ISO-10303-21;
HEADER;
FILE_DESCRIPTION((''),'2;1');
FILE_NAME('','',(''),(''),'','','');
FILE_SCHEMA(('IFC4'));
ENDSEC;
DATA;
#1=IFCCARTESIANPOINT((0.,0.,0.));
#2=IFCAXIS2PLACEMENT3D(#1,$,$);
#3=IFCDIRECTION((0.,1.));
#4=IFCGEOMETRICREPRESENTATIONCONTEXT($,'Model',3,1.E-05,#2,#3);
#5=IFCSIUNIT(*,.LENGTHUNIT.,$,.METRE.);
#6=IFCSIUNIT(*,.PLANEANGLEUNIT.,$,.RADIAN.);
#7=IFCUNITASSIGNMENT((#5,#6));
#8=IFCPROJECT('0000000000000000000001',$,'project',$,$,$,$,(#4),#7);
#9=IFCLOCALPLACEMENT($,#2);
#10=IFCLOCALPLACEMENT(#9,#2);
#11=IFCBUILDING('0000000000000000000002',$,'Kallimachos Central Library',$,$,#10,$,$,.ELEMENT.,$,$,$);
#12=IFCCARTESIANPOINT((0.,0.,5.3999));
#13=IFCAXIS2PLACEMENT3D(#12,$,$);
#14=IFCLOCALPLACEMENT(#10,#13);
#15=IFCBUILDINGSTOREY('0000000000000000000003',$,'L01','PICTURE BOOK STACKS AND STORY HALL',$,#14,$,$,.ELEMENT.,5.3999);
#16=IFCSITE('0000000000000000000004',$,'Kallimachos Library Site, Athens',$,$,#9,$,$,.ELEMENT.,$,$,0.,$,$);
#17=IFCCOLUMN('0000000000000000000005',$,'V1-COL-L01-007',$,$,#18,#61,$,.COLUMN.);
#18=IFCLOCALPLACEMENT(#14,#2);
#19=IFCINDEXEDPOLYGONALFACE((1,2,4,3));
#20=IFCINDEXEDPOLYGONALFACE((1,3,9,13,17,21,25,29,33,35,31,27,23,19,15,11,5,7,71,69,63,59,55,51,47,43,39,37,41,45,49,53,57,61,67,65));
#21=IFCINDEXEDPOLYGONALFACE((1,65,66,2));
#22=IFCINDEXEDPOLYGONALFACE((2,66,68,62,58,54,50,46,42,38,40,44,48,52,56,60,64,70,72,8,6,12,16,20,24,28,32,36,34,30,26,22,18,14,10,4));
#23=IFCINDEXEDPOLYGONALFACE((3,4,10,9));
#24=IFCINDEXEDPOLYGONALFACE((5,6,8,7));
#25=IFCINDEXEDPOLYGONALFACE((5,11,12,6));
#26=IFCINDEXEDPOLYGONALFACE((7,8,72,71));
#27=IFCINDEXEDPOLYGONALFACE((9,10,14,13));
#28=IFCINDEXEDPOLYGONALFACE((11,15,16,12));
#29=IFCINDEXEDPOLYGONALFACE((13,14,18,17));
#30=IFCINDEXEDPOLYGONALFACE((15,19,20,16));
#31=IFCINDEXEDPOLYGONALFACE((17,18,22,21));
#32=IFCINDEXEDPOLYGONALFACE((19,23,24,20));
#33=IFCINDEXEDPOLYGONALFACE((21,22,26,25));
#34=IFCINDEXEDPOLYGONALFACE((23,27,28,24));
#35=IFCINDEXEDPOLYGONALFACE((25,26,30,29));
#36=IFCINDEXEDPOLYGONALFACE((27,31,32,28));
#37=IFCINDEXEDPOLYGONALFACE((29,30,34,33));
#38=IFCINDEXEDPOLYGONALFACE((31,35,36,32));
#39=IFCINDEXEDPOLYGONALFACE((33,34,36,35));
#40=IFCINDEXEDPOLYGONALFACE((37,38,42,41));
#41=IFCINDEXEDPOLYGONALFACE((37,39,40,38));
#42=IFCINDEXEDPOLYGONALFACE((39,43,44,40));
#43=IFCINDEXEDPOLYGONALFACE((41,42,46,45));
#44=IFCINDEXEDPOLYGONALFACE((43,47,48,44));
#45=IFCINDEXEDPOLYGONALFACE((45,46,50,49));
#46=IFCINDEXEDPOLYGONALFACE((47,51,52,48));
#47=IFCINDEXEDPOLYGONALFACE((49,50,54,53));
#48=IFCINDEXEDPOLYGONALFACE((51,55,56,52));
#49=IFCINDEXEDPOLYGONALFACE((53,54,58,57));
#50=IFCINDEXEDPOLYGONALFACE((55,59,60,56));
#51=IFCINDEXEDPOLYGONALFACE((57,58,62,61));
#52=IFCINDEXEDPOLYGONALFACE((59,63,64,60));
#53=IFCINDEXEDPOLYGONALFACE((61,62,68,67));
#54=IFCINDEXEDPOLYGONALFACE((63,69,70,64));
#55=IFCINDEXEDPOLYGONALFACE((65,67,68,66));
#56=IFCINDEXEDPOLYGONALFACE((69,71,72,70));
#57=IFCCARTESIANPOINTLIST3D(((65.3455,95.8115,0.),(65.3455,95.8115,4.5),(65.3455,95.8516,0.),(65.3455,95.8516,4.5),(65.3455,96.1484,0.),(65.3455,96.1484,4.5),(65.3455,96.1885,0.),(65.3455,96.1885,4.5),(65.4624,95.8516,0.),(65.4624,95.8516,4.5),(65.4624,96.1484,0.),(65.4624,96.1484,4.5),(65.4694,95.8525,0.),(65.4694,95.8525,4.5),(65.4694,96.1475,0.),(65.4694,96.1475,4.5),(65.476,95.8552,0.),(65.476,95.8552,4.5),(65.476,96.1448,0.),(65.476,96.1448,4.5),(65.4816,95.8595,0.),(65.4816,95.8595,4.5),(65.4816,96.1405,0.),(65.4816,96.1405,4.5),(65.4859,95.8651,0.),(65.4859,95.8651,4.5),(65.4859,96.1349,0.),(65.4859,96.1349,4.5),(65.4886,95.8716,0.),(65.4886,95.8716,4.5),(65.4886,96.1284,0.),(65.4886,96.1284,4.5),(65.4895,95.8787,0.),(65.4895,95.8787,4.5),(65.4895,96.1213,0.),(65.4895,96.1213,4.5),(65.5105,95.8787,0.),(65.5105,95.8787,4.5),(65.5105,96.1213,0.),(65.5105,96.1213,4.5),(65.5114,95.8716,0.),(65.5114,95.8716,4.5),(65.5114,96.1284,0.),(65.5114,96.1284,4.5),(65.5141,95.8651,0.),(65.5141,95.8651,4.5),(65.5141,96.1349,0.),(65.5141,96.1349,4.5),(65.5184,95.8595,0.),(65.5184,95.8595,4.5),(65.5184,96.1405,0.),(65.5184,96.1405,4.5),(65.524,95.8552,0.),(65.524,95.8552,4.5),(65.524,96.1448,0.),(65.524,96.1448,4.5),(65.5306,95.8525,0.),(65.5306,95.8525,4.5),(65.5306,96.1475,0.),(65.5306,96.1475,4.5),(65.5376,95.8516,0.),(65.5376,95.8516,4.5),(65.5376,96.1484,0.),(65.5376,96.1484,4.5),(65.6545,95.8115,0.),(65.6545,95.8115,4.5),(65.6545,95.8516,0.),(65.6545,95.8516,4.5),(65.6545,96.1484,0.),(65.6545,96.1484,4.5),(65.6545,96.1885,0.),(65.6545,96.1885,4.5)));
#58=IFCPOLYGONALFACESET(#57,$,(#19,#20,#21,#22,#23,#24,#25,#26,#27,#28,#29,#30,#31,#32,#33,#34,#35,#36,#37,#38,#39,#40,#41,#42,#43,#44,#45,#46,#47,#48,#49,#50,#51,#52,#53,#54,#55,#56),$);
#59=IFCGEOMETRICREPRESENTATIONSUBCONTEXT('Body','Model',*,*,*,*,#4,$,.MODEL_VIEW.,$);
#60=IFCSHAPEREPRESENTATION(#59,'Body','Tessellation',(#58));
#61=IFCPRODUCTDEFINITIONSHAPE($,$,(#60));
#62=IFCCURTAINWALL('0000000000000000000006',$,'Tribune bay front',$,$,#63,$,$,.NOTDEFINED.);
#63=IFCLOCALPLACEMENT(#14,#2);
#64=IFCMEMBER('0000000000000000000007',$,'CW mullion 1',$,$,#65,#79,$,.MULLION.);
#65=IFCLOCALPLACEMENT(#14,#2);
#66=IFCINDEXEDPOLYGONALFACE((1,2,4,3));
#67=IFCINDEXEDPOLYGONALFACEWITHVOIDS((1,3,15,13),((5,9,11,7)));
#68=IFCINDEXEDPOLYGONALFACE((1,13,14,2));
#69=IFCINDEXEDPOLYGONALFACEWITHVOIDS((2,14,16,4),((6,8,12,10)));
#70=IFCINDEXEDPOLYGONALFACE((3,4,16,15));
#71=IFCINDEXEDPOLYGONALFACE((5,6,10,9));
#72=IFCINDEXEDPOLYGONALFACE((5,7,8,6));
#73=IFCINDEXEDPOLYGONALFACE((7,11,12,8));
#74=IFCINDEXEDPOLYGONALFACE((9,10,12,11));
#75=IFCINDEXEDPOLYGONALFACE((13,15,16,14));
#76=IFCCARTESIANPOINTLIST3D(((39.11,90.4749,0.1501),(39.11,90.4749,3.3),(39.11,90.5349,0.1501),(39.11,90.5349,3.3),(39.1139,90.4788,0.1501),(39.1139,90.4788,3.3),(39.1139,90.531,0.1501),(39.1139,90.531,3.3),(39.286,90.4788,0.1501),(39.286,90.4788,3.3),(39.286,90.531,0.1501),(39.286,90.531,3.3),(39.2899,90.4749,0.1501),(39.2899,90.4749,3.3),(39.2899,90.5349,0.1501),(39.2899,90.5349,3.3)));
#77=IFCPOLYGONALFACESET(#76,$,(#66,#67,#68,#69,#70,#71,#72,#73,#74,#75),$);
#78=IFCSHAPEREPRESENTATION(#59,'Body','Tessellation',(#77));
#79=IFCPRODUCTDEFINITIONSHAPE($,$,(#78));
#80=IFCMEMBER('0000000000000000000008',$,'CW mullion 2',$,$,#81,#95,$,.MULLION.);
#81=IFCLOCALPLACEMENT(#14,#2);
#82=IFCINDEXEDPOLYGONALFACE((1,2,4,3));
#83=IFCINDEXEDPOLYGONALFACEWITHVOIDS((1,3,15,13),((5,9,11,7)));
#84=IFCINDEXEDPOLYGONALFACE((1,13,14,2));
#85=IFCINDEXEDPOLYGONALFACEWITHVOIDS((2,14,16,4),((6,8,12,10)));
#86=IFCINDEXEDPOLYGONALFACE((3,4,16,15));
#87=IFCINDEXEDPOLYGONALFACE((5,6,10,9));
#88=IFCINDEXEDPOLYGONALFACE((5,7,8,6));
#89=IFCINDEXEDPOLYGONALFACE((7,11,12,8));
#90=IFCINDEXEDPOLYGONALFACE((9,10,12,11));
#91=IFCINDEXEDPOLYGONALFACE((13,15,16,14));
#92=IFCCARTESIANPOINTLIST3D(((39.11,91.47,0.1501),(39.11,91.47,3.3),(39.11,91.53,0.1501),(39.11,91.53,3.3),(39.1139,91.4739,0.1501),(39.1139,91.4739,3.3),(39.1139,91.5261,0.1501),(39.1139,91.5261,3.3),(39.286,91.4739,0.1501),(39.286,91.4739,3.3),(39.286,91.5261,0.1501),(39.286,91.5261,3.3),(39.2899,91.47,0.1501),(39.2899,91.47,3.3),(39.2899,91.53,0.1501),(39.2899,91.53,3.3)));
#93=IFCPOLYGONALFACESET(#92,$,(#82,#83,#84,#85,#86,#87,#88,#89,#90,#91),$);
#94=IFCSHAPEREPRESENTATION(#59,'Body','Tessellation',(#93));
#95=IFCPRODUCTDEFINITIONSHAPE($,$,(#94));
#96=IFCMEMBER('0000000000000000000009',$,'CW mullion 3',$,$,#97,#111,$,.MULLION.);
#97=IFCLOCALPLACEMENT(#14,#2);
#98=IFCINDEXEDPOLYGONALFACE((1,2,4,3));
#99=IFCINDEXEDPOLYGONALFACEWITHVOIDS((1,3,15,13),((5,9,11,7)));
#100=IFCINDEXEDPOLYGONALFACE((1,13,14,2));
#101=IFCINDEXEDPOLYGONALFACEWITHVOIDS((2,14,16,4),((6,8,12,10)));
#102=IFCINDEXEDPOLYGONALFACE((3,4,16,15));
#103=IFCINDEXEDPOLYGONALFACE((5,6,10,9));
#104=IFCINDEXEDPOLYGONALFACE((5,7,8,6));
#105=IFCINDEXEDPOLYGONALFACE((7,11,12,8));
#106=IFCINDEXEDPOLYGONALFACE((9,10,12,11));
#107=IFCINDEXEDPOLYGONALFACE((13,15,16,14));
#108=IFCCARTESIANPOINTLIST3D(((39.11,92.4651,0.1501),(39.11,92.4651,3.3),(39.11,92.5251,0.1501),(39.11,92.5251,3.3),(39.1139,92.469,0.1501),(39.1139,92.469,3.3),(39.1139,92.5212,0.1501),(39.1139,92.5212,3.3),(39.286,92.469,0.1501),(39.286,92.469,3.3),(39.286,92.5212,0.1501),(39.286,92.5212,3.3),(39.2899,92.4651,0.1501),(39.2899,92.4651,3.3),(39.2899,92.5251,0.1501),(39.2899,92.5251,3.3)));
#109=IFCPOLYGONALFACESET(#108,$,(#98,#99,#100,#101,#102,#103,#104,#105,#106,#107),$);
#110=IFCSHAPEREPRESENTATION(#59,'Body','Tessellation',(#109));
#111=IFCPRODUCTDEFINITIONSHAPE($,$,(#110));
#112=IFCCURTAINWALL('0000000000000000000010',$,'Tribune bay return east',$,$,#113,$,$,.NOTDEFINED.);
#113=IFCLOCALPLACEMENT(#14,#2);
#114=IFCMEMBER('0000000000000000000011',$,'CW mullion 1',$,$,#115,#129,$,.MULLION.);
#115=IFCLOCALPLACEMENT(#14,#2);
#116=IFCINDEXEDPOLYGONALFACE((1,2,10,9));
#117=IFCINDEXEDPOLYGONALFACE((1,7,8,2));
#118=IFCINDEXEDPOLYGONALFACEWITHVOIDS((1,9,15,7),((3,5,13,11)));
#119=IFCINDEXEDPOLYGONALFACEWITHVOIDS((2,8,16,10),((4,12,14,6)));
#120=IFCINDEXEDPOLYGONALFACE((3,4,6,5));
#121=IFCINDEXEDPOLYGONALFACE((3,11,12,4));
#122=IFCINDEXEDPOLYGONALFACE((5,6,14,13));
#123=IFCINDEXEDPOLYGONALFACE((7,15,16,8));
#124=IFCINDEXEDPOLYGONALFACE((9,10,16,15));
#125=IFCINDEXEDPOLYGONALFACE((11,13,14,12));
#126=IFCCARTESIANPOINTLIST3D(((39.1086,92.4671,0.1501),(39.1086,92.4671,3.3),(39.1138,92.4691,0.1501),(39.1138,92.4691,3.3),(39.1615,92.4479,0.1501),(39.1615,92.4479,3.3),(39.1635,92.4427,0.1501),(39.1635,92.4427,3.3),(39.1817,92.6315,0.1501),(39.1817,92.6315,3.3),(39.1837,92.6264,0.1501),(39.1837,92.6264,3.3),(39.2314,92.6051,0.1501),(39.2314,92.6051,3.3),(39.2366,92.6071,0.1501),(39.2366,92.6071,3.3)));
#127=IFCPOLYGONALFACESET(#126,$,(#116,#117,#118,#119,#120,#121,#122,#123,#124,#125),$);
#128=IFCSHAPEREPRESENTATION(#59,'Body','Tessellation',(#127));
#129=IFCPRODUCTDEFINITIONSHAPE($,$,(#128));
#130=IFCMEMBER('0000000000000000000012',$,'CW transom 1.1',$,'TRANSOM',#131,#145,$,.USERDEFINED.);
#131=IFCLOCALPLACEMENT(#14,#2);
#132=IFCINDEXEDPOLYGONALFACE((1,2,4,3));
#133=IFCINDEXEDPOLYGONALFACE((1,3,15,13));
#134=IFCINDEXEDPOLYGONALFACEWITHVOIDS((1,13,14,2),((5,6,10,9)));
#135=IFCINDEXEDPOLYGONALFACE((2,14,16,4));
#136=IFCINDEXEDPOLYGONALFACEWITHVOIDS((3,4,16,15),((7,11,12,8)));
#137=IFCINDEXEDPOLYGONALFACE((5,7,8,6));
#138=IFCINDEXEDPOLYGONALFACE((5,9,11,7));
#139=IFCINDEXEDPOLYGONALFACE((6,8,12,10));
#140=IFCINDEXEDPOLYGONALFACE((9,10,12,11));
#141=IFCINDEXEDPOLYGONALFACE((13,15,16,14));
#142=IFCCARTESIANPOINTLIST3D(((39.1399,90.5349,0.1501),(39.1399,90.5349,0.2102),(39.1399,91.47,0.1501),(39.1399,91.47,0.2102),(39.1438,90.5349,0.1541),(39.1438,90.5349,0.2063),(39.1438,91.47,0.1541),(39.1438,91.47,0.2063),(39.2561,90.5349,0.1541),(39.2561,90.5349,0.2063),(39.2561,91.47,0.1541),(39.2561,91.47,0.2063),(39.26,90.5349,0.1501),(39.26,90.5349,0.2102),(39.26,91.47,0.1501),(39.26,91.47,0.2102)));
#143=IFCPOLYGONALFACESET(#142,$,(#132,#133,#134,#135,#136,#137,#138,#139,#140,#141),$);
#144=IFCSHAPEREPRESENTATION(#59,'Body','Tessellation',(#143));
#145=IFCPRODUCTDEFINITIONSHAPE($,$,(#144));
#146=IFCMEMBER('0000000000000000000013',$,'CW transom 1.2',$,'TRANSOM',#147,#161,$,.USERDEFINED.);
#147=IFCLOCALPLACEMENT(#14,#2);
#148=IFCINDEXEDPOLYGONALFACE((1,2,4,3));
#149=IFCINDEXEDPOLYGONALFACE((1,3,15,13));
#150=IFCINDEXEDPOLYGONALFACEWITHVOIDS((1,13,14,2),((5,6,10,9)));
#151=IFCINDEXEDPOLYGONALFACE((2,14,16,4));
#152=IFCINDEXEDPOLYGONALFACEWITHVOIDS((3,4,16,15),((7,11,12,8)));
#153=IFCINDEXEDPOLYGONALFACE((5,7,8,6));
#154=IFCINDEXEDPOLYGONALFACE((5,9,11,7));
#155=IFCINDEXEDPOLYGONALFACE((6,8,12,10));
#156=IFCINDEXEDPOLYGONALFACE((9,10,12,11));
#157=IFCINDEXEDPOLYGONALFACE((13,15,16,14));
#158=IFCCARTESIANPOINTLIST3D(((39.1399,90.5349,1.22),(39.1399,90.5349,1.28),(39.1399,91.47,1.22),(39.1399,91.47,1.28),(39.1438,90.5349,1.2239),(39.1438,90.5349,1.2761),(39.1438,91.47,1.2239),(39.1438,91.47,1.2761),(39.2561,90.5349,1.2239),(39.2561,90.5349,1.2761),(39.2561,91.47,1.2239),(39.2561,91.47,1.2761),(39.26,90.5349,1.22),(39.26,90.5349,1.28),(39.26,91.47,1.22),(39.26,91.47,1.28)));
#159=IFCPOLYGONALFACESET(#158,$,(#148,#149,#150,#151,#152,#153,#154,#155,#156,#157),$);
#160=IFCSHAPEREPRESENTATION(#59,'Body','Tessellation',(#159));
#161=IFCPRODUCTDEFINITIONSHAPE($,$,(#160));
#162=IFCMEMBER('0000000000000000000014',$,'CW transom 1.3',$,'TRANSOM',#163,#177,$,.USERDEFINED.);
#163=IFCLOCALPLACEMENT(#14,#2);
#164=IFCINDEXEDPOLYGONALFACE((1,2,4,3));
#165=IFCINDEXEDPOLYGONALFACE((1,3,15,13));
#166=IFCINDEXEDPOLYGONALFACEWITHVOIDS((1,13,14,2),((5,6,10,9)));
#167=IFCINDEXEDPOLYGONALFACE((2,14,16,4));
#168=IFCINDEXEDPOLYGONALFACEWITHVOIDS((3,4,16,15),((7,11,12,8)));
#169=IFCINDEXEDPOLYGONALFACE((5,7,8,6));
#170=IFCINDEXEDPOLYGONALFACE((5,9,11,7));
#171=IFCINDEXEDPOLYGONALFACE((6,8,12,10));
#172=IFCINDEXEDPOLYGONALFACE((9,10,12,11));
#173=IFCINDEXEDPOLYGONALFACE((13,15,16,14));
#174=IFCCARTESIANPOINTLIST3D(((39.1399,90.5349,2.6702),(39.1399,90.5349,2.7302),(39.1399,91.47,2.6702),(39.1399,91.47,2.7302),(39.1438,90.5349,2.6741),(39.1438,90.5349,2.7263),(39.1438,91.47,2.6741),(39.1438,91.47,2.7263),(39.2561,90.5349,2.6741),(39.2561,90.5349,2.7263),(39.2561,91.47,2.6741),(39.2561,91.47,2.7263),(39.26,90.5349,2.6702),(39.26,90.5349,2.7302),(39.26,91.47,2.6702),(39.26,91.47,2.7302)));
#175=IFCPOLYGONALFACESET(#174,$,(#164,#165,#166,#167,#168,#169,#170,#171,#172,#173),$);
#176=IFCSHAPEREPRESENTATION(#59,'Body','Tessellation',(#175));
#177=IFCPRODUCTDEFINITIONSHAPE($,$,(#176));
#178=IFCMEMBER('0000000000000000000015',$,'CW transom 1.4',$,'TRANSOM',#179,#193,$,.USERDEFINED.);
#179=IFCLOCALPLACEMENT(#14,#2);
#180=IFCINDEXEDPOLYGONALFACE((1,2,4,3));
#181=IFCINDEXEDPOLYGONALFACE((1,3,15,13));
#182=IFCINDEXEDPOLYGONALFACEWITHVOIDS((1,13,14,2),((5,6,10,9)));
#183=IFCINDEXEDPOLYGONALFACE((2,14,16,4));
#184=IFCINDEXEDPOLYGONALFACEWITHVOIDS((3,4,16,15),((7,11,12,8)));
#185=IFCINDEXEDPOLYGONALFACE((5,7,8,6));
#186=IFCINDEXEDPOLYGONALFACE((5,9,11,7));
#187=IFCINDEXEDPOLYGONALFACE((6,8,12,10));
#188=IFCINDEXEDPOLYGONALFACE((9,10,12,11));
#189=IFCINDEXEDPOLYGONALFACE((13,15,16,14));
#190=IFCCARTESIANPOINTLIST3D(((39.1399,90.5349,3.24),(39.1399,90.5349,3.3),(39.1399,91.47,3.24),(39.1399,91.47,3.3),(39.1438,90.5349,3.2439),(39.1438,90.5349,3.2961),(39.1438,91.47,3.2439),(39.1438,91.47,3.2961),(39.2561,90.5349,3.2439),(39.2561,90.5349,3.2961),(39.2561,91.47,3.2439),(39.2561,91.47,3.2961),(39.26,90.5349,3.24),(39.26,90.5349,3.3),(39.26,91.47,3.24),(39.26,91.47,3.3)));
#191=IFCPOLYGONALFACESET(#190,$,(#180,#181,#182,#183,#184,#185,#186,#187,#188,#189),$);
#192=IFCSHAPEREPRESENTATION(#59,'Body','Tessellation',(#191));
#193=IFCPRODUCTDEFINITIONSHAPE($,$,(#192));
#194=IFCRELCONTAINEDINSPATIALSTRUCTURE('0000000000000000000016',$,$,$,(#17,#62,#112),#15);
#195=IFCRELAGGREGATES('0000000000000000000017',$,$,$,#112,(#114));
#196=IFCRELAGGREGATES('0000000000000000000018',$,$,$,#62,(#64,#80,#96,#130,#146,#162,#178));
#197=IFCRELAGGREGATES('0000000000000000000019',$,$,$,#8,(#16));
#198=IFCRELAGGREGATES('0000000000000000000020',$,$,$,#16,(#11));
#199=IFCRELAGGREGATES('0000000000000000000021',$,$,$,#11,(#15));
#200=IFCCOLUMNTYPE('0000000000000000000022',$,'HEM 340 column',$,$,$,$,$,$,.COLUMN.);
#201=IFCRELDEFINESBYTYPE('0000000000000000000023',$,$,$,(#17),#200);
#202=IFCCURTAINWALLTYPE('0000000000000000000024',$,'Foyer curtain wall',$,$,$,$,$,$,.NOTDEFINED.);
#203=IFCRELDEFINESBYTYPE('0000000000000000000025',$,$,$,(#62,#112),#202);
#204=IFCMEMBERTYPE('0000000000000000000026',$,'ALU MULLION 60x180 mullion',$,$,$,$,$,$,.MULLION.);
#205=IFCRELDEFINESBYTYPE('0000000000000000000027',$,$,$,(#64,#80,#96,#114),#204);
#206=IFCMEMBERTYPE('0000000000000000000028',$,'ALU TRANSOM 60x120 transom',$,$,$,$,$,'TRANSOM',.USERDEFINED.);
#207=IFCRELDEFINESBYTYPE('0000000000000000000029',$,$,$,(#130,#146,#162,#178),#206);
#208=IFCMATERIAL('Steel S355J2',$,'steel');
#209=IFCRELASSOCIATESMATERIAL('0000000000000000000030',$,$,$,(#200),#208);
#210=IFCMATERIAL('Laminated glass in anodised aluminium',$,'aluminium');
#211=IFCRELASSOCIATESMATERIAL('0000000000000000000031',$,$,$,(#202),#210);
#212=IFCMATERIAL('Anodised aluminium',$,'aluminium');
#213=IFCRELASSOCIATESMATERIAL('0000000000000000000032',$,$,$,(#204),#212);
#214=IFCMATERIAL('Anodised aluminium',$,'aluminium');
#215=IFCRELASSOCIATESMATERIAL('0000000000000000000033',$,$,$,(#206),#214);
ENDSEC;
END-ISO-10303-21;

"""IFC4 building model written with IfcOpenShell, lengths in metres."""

from ifc_helpers import new_model, si_unit, direction, frame, origin, origin_2d, place, context, subcontext, project, spatial, hollow_rectangle, i_section, extrude, material, material_profile, profile_set, type_object, element, aggregate, save


model = new_model("IFC4")

# Units and contexts
model_context = context("Model", 3, precision=1e-05, world=origin(), true_north=direction((0.0, 1.0)))
body_context = subcontext(model_context, "Body", "Model", "MODEL_VIEW")
ifc_project = project(units=[si_unit("LENGTHUNIT", "METRE"), si_unit("PLANEANGLEUNIT", "RADIAN")], contexts=[model_context])

# Site, building, storey
site_placement = place(None, origin())
site = spatial("IfcSite", under=ifc_project, at=site_placement, Name="Kallimachos Library Site, Athens", CompositionType="ELEMENT", RefElevation=0.0)
building_placement = place(site_placement, origin())
building = spatial("IfcBuilding", under=site, at=building_placement, Name="Kallimachos Central Library", CompositionType="ELEMENT")
storey_placement = place(building_placement, frame((0.0, 0.0, 5.3999)))
storey = spatial("IfcBuildingStorey", under=building, at=storey_placement, Name="L01", Description="PICTURE BOOK STACKS AND STORY HALL", CompositionType="ELEMENT", Elevation=5.3999)

# Column
ifc_material_1 = material(Name="Steel S355J2", Category="steel")
ifc_material_profile_1 = material_profile(ifc_material_1, i_section(OverallWidth=0.3091, OverallDepth=0.377, WebThickness=0.021, FlangeThickness=0.04, FilletRadius=0.0271, at=origin_2d()), Name="HEM 340")
ifc_profile_set_1 = profile_set([ifc_material_profile_1], Name="Steel S355J2")
column_type = type_object("IfcColumnType", Name="HEM 340 column", PredefinedType="COLUMN", material=ifc_profile_set_1)
column_placement = place(storey_placement, frame((65.5, 96.0, 0.0), z_axis=(0.0, 0.0, 1.0), x_axis=(1.0, 0.0, 0.0)))
element("IfcColumn", 1, at=column_placement, inside=storey, type_object=column_type, Name="V1-COL-L01-007", PredefinedType="COLUMN", context=body_context, shape_type="SweptSolid", body=[
    extrude(i_section(OverallWidth=0.3091, OverallDepth=0.377, WebThickness=0.021, FlangeThickness=0.04, FilletRadius=0.0271, at=origin_2d()), origin(), (0.0, 0.0, 1.0), 4.5),
])

# Curtain wall, members
ifc_material_2 = material(Name="Laminated glass in anodised aluminium", Category="aluminium")
curtain_wall_type = type_object("IfcCurtainWallType", Name="Foyer curtain wall", PredefinedType="NOTDEFINED", material=ifc_material_2)
curtain_wall_1_placement = place(storey_placement, origin())
curtain_wall_1 = element("IfcCurtainWall", 2, at=curtain_wall_1_placement, inside=storey, type_object=curtain_wall_type, Name="Tribune bay front", PredefinedType="NOTDEFINED")
ifc_material_3 = material(Name="Anodised aluminium", Category="aluminium")
ifc_material_profile_2 = material_profile(ifc_material_3, hollow_rectangle(XDim=0.0601, YDim=0.1799, WallThickness=0.0039, at=origin_2d()), Name="ALU MULLION 60x180")
ifc_profile_set_2 = profile_set([ifc_material_profile_2], Name="Anodised aluminium")
member_type_1 = type_object("IfcMemberType", Name="ALU MULLION 60x180 mullion", PredefinedType="MULLION", material=ifc_profile_set_2)
member_1_placement = place(storey_placement, frame((39.2, 90.5049, 0.1501), z_axis=(0.0, 0.0, 1.0), x_axis=(0.0, 1.0, 0.0)))
member_1 = element("IfcMember", 3, at=member_1_placement, type_object=member_type_1, Name="CW mullion 1", PredefinedType="MULLION", context=body_context, shape_type="SweptSolid", body=[
    extrude(hollow_rectangle(XDim=0.0601, YDim=0.1799, WallThickness=0.0039, at=origin_2d()), origin(), (0.0, 0.0, 1.0), 3.1499),
])
member_2_placement = place(storey_placement, frame((39.2, 91.5, 0.1501), z_axis=(0.0, 0.0, 1.0), x_axis=(0.0, 1.0, 0.0)))
member_2 = element("IfcMember", 4, at=member_2_placement, type_object=member_type_1, Name="CW mullion 2", PredefinedType="MULLION", context=body_context, shape_type="SweptSolid", body=[
    extrude(hollow_rectangle(XDim=0.0601, YDim=0.1799, WallThickness=0.0039, at=origin_2d()), origin(), (0.0, 0.0, 1.0), 3.1499),
])
member_3_placement = place(storey_placement, frame((39.2, 92.4951, 0.1501), z_axis=(0.0, 0.0, 1.0), x_axis=(0.0, 1.0, 0.0)))
member_3 = element("IfcMember", 5, at=member_3_placement, type_object=member_type_1, Name="CW mullion 3", PredefinedType="MULLION", context=body_context, shape_type="SweptSolid", body=[
    extrude(hollow_rectangle(XDim=0.0601, YDim=0.1799, WallThickness=0.0039, at=origin_2d()), origin(), (0.0, 0.0, 1.0), 3.1499),
])

# Curtain wall, member
curtain_wall_2_placement = place(storey_placement, origin())
curtain_wall_2 = element("IfcCurtainWall", 6, at=curtain_wall_2_placement, inside=storey, type_object=curtain_wall_type, Name="Tribune bay return east", PredefinedType="NOTDEFINED")
member_4_placement = place(storey_placement, frame((39.1726, 92.5371, 0.1501), z_axis=(0.0, 0.0, 1.0), x_axis=(-0.913812, 0.406138, 0.0)))
member_4 = element("IfcMember", 7, at=member_4_placement, type_object=member_type_1, Name="CW mullion 1", PredefinedType="MULLION", context=body_context, shape_type="SweptSolid", body=[
    extrude(hollow_rectangle(XDim=0.0601, YDim=0.1799, WallThickness=0.0039, at=origin_2d()), origin(), (0.0, 0.0, 1.0), 3.1499),
])

# Members
ifc_material_4 = material(Name="Anodised aluminium", Category="aluminium")
ifc_material_profile_3 = material_profile(ifc_material_4, hollow_rectangle(XDim=0.0601, YDim=0.1201, WallThickness=0.0039, at=origin_2d()), Name="ALU TRANSOM 60x120")
ifc_profile_set_3 = profile_set([ifc_material_profile_3], Name="Anodised aluminium")
member_type_2 = type_object("IfcMemberType", Name="ALU TRANSOM 60x120 transom", ElementType="TRANSOM", PredefinedType="USERDEFINED", material=ifc_profile_set_3)
member_5_placement = place(storey_placement, frame((39.2, 90.5349, 0.1802), z_axis=(0.0, 1.0, 0.0), x_axis=(0.0, 0.0, 1.0)))
member_5 = element("IfcMember", 8, at=member_5_placement, type_object=member_type_2, Name="CW transom 1.1", ObjectType="TRANSOM", PredefinedType="USERDEFINED", context=body_context, shape_type="SweptSolid", body=[
    extrude(hollow_rectangle(XDim=0.0601, YDim=0.1201, WallThickness=0.0039, at=origin_2d()), origin(), (0.0, 0.0, 1.0), 0.9351),
])
member_6_placement = place(storey_placement, frame((39.2, 90.5349, 1.25), z_axis=(0.0, 1.0, 0.0), x_axis=(0.0, 0.0, 1.0)))
member_6 = element("IfcMember", 9, at=member_6_placement, type_object=member_type_2, Name="CW transom 1.2", ObjectType="TRANSOM", PredefinedType="USERDEFINED", context=body_context, shape_type="SweptSolid", body=[
    extrude(hollow_rectangle(XDim=0.0601, YDim=0.1201, WallThickness=0.0039, at=origin_2d()), origin(), (0.0, 0.0, 1.0), 0.9351),
])
member_7_placement = place(storey_placement, frame((39.2, 90.5349, 2.7002), z_axis=(0.0, 1.0, 0.0), x_axis=(0.0, 0.0, 1.0)))
member_7 = element("IfcMember", 10, at=member_7_placement, type_object=member_type_2, Name="CW transom 1.3", ObjectType="TRANSOM", PredefinedType="USERDEFINED", context=body_context, shape_type="SweptSolid", body=[
    extrude(hollow_rectangle(XDim=0.0601, YDim=0.1201, WallThickness=0.0039, at=origin_2d()), origin(), (0.0, 0.0, 1.0), 0.9351),
])
member_8_placement = place(storey_placement, frame((39.2, 90.5349, 3.27), z_axis=(0.0, 1.0, 0.0), x_axis=(0.0, 0.0, 1.0)))
member_8 = element("IfcMember", 11, at=member_8_placement, type_object=member_type_2, Name="CW transom 1.4", ObjectType="TRANSOM", PredefinedType="USERDEFINED", context=body_context, shape_type="SweptSolid", body=[
    extrude(hollow_rectangle(XDim=0.0601, YDim=0.1201, WallThickness=0.0039, at=origin_2d()), origin(), (0.0, 0.0, 1.0), 0.9351),
])
aggregate(curtain_wall_2, [member_4])

aggregate(curtain_wall_1, [member_1, member_2, member_3, member_5, member_6, member_7, member_8])

save(model, "model.ifc")
